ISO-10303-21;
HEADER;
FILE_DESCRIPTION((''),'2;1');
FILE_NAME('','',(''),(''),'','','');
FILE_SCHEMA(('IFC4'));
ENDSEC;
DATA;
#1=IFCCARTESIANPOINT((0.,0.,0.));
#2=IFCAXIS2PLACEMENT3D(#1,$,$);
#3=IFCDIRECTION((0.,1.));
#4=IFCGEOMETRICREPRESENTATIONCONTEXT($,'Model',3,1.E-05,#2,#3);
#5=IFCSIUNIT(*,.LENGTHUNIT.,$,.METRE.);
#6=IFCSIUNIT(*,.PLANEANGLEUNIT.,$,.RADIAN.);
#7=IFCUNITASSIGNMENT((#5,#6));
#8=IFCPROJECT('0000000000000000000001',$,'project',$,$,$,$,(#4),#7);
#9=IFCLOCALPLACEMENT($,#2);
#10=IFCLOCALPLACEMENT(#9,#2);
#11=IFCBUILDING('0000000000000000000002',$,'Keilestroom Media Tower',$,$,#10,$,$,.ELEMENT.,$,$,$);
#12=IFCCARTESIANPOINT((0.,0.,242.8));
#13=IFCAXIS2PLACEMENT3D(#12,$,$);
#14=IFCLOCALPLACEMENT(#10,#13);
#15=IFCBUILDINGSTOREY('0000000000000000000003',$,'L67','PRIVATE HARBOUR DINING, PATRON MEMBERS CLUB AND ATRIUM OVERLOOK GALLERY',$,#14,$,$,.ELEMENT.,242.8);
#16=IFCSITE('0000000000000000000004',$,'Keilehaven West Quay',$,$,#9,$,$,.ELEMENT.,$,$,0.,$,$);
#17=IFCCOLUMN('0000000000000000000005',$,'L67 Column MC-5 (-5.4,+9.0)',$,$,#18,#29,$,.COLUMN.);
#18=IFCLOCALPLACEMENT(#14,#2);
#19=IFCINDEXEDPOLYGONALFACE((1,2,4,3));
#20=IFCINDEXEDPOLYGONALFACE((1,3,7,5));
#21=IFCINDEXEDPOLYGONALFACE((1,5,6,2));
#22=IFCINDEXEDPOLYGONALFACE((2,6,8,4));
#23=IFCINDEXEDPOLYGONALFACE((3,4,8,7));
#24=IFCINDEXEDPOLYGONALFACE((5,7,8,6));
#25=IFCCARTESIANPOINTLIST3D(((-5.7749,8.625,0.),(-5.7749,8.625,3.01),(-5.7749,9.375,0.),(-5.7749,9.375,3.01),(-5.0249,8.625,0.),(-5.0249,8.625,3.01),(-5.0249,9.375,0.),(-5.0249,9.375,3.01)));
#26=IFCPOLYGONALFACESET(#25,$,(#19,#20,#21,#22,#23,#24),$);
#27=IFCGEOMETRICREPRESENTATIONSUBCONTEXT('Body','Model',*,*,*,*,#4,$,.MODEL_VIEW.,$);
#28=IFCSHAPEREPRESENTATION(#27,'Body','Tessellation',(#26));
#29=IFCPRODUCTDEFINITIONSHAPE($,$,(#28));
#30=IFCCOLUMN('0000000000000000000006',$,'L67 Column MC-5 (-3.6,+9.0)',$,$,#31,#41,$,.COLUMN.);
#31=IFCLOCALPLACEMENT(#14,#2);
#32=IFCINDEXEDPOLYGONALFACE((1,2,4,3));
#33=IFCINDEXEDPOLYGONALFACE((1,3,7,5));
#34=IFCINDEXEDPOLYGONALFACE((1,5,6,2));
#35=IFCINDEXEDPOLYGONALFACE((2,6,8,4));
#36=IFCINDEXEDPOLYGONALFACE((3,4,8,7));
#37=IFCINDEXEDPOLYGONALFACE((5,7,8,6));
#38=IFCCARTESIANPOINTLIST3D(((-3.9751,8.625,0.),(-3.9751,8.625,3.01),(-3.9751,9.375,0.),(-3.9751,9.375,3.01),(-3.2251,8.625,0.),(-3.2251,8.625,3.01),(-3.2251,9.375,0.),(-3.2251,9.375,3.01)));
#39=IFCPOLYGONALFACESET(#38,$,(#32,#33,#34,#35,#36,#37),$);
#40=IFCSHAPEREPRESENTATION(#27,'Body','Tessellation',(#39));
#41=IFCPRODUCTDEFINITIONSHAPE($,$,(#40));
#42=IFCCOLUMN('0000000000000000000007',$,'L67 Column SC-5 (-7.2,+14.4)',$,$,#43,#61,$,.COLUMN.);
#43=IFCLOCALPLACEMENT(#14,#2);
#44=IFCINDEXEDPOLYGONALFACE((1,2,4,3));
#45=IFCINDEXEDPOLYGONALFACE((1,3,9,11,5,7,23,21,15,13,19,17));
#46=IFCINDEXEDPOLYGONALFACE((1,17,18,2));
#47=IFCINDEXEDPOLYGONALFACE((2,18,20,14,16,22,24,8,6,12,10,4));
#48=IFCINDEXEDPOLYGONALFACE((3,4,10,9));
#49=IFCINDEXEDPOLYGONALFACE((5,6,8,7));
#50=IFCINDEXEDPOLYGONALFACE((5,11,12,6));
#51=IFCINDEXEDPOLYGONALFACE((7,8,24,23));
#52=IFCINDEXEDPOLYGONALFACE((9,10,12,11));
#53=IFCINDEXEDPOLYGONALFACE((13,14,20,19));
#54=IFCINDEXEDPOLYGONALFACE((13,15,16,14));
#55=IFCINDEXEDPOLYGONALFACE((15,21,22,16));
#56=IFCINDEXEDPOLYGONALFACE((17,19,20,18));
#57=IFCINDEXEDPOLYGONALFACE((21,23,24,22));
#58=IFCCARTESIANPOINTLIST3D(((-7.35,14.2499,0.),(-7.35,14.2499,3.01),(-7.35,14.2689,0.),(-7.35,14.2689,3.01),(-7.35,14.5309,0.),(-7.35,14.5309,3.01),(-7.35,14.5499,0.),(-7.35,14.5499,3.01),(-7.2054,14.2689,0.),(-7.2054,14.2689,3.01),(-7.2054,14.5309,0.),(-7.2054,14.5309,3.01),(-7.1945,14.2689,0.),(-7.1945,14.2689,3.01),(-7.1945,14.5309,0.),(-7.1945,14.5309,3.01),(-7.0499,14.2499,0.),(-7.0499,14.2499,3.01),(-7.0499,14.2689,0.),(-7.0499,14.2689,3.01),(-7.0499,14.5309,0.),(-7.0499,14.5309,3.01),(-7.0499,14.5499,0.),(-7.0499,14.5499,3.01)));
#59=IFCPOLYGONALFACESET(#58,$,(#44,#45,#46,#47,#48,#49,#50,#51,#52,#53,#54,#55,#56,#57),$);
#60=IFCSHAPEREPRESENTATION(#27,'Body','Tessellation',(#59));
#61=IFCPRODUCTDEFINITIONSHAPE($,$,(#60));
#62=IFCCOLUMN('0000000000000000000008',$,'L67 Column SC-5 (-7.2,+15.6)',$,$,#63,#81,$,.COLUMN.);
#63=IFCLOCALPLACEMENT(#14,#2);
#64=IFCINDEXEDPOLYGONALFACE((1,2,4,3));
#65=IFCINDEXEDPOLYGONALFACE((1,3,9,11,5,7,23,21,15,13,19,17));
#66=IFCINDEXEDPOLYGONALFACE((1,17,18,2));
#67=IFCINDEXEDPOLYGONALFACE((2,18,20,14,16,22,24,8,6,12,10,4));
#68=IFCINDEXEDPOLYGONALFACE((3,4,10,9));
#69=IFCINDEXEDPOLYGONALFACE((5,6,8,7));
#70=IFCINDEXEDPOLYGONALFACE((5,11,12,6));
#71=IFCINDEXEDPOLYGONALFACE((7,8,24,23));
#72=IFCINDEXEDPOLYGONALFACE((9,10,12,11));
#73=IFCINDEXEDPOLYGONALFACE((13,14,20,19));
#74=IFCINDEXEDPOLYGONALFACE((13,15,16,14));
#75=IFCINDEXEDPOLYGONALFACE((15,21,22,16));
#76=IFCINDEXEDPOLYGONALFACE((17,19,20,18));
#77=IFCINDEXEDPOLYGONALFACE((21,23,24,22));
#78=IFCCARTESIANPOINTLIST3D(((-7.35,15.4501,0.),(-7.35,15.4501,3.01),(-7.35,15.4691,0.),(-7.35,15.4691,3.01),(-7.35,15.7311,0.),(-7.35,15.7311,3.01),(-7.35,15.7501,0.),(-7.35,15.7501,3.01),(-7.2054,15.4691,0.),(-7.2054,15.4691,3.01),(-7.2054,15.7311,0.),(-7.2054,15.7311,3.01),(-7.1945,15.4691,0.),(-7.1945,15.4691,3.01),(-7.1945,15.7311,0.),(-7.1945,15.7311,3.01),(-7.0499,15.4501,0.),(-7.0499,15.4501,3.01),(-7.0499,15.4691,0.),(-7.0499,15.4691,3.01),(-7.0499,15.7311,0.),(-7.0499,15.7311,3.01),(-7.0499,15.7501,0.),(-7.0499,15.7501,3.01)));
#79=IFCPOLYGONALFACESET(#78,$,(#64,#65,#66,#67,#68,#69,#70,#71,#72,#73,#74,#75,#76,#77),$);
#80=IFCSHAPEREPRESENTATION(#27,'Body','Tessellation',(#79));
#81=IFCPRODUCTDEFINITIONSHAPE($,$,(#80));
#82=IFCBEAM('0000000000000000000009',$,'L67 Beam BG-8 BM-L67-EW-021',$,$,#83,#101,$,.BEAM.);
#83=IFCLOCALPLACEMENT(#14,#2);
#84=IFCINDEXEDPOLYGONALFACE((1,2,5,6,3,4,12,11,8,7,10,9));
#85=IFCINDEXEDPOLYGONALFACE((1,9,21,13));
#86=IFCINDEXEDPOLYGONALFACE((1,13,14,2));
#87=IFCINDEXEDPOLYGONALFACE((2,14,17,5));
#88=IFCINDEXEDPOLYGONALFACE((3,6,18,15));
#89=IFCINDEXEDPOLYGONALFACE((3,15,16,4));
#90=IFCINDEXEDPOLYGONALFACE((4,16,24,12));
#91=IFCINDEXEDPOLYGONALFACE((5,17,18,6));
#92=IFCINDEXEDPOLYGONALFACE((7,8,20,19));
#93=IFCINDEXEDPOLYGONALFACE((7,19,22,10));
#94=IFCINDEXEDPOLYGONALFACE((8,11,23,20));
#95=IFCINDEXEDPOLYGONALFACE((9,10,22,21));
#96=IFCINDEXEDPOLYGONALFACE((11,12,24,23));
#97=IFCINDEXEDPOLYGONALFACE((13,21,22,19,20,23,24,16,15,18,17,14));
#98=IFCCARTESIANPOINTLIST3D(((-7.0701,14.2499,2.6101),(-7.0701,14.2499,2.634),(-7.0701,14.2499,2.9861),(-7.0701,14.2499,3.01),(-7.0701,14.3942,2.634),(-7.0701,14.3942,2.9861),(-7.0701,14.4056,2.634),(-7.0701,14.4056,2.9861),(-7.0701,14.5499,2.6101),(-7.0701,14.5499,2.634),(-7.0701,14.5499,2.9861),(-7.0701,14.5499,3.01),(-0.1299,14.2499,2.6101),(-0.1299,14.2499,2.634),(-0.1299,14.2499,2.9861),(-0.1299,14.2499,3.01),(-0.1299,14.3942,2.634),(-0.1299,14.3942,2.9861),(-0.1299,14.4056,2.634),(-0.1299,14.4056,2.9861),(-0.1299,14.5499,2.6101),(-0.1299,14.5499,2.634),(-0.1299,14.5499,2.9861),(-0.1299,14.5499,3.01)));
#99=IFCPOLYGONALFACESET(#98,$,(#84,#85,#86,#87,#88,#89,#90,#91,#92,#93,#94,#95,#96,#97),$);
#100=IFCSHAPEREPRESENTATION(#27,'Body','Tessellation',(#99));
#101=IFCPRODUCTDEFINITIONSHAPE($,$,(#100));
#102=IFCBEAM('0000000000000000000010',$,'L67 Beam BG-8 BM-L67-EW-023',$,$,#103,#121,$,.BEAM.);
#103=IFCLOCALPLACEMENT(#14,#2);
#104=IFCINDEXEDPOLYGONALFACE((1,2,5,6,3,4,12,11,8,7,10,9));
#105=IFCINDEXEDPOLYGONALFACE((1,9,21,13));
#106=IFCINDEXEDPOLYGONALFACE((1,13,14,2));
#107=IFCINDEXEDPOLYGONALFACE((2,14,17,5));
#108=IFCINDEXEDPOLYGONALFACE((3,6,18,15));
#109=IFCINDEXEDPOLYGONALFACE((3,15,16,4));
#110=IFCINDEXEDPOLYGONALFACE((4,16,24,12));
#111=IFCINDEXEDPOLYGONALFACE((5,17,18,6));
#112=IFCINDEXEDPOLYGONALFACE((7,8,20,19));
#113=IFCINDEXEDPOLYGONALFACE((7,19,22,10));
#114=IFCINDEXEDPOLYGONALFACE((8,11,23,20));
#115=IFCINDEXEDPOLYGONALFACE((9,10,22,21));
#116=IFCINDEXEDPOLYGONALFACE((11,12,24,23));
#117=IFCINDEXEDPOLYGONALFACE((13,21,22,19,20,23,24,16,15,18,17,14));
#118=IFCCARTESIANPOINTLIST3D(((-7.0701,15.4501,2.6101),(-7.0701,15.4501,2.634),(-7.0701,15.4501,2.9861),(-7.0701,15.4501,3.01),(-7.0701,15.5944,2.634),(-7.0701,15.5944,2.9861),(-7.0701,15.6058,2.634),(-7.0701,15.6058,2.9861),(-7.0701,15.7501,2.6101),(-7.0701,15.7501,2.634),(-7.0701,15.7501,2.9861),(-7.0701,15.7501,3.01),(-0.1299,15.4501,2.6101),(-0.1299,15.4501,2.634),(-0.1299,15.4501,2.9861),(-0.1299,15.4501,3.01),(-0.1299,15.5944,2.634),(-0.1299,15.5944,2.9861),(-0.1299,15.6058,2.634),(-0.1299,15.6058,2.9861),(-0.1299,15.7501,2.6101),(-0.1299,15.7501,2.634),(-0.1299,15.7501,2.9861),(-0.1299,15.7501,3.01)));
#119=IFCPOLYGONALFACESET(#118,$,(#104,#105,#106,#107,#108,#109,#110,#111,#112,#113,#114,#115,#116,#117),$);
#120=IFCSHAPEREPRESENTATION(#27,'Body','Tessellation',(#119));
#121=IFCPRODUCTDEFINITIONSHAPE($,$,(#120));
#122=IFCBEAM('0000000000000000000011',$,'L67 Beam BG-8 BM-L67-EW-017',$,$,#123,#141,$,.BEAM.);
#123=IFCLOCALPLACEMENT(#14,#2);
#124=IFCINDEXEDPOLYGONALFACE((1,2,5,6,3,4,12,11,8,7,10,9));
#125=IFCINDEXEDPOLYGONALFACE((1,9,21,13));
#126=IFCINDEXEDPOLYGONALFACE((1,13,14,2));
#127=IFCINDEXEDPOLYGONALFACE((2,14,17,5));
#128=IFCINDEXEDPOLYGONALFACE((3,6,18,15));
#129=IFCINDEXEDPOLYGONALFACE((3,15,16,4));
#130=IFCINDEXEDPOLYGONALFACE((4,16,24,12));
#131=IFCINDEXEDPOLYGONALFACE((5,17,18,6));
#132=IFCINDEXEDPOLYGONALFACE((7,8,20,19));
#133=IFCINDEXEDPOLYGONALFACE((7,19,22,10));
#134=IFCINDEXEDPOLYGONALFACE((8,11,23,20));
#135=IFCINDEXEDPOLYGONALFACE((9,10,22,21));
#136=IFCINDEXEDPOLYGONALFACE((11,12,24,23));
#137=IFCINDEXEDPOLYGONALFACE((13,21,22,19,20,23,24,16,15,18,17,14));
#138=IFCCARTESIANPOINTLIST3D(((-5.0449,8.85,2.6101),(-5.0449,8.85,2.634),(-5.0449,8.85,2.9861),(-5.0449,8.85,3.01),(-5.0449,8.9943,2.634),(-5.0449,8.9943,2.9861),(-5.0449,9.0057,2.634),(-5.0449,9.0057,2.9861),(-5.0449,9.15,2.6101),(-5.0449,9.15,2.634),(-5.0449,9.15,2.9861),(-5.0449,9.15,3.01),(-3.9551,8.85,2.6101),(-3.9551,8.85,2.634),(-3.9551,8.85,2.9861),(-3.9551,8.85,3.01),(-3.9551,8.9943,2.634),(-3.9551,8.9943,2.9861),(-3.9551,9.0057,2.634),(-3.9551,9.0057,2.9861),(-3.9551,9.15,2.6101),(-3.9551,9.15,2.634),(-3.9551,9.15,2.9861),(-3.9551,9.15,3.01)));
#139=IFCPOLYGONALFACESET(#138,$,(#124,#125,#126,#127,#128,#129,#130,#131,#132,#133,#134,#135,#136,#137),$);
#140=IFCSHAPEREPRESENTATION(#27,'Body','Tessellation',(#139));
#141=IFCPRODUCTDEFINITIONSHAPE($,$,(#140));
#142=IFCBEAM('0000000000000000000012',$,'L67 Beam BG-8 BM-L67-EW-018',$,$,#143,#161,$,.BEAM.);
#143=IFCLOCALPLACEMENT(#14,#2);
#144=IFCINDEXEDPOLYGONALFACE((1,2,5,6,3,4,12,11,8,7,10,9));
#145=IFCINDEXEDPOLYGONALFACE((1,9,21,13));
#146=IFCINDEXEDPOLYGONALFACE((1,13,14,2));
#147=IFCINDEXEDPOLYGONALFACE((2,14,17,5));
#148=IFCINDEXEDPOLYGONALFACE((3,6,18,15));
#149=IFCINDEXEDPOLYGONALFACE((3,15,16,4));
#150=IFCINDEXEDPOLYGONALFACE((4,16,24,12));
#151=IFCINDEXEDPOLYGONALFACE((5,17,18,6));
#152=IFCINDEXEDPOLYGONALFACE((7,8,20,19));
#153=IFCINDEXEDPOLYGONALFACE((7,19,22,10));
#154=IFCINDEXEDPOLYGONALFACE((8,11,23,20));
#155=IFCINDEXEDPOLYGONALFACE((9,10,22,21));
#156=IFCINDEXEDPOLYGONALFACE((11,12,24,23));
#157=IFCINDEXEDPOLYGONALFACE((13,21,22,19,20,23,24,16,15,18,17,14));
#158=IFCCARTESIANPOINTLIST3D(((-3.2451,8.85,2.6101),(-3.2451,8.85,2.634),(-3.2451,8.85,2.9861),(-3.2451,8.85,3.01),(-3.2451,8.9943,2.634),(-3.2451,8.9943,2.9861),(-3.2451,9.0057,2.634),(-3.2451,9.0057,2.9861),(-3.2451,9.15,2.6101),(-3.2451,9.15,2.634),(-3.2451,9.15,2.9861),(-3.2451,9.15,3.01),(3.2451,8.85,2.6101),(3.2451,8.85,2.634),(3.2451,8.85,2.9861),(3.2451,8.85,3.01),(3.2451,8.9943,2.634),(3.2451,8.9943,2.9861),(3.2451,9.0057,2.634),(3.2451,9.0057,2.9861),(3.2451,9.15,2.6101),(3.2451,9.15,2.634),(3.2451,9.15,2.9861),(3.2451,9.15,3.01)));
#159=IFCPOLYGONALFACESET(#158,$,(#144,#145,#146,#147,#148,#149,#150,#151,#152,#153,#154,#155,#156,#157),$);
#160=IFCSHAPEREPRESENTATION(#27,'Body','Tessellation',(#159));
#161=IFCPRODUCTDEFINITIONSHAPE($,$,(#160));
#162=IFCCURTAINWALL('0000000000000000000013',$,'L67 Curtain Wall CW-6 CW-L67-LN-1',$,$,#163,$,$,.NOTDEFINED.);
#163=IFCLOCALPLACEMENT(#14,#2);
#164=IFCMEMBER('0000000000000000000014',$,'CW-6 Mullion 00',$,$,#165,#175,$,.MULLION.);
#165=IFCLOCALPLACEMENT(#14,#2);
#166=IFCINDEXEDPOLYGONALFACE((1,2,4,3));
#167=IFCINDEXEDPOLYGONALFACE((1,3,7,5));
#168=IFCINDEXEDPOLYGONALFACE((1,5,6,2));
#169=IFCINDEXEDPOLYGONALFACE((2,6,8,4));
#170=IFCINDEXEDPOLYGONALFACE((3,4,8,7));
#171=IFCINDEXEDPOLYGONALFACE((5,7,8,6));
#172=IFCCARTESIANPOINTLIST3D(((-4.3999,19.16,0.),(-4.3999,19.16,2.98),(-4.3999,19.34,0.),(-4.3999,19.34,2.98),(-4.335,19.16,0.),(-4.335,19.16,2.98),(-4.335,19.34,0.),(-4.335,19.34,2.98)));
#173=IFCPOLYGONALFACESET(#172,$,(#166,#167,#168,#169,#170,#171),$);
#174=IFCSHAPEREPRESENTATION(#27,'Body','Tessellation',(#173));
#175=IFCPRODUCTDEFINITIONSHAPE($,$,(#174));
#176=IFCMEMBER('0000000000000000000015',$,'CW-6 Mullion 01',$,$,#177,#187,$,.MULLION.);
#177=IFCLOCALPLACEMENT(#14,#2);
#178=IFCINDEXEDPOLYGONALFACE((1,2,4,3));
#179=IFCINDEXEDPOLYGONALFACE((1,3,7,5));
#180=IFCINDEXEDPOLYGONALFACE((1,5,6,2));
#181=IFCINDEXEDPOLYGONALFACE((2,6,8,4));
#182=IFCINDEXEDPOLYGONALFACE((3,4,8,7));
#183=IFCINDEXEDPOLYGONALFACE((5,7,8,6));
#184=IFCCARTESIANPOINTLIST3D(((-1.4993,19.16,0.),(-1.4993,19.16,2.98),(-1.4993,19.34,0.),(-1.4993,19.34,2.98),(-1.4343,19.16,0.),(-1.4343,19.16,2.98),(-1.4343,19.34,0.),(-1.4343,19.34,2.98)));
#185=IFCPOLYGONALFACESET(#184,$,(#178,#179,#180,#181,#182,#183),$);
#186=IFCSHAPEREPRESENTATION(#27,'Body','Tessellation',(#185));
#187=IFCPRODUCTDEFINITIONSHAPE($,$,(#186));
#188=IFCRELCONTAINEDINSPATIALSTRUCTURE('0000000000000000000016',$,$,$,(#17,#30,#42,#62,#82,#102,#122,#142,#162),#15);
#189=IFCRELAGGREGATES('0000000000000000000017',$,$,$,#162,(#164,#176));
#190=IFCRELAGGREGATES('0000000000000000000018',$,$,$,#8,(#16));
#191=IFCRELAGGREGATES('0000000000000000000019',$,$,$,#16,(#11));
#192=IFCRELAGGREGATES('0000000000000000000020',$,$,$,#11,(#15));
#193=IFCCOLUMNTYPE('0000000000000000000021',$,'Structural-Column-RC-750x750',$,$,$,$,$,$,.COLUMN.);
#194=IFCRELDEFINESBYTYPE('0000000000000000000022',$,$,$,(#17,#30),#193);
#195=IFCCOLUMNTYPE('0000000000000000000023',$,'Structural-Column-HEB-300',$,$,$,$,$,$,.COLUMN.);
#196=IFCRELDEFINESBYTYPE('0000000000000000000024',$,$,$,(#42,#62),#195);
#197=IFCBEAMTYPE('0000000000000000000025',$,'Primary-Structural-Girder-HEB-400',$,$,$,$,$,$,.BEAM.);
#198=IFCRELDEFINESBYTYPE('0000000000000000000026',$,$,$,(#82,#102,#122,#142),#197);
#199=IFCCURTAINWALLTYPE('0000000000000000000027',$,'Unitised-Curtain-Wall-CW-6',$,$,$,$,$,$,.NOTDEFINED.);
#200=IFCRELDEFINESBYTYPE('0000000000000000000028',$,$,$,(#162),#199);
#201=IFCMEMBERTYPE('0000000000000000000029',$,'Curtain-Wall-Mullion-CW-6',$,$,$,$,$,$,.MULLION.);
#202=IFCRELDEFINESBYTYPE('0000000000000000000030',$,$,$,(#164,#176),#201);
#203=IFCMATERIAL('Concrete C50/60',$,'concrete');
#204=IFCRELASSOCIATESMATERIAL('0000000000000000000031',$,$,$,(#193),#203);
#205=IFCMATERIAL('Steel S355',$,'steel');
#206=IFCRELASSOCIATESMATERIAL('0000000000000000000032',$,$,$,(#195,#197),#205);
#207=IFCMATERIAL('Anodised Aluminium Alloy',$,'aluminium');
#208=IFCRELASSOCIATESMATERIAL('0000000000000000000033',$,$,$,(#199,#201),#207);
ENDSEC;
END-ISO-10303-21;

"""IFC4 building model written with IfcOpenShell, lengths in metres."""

from ifc_helpers import new_model, si_unit, direction, frame, origin, origin_2d, place, context, subcontext, project, spatial, rectangle, i_section, extrude, source, transform, mapped, material, material_profile, profile_set, type_object, element, aggregate, save


model = new_model("IFC4")

# Units and contexts
model_context = context("Model", 3, precision=1e-05, world=origin(), true_north=direction((0.0, 1.0)))
body_context = subcontext(model_context, "Body", "Model", "MODEL_VIEW")
ifc_project = project(units=[si_unit("LENGTHUNIT", "METRE"), si_unit("PLANEANGLEUNIT", "RADIAN")], contexts=[model_context])

# Site, building, storey
site_placement = place(None, origin())
site = spatial("IfcSite", under=ifc_project, at=site_placement, Name="Keilehaven West Quay", CompositionType="ELEMENT", RefElevation=0.0)
building_placement = place(site_placement, origin())
building = spatial("IfcBuilding", under=site, at=building_placement, Name="Keilestroom Media Tower", CompositionType="ELEMENT")
storey_placement = place(building_placement, frame((0.0, 0.0, 242.8)))
storey = spatial("IfcBuildingStorey", under=building, at=storey_placement, Name="L67", Description="PRIVATE HARBOUR DINING, PATRON MEMBERS CLUB AND ATRIUM OVERLOOK GALLERY", CompositionType="ELEMENT", Elevation=242.8)

# Columns
ifc_material_1 = material(Name="Concrete C50/60", Category="concrete")
ifc_material_profile_1 = material_profile(ifc_material_1, rectangle(XDim=0.75, YDim=0.75, at=origin_2d()), Name="RC 750x750")
ifc_profile_set_1 = profile_set([ifc_material_profile_1], Name="Concrete C50/60")
column_type_1 = type_object("IfcColumnType", Name="Structural-Column-RC-750x750", PredefinedType="COLUMN", material=ifc_profile_set_1)
shared_shape_1 = source(origin(), body_context, "Body", "SweptSolid", [
    extrude(rectangle(XDim=0.75, YDim=0.75, at=origin_2d()), origin(), (0.0, 0.0, 1.0), 3.01),
])
for number, where, z_axis, x_axis, name in (
    (1, (-5.3999, 9.0, 0.0), (0.0, 0.0, 1.0), (1.0, 0.0, 0.0), "L67 Column MC-5 (-5.4,+9.0)"),
    (2, (-3.6001, 9.0, 0.0), (0.0, 0.0, 1.0), (1.0, 0.0, 0.0), "L67 Column MC-5 (-3.6,+9.0)"),
):
    element("IfcColumn", number, at=place(storey_placement, frame(where, z_axis=z_axis, x_axis=x_axis)), inside=storey, type_object=column_type_1, Name=name, PredefinedType="COLUMN", context=body_context, shape_type="MappedRepresentation", body=[
        mapped(shared_shape_1, transform((0.0, 0.0, 0.0), x_axis=(1.0, 0.0, 0.0), y_axis=(0.0, 1.0, 0.0), z_axis=(0.0, 0.0, 1.0), scale=1.0)),
    ])
ifc_material_2 = material(Name="Steel S355", Category="steel")
ifc_material_profile_2 = material_profile(ifc_material_2, i_section(OverallWidth=0.3, OverallDepth=0.3, WebThickness=0.011, FlangeThickness=0.019, at=origin_2d()), Name="HEB 300")
ifc_profile_set_2 = profile_set([ifc_material_profile_2], Name="Steel S355")
column_type_2 = type_object("IfcColumnType", Name="Structural-Column-HEB-300", PredefinedType="COLUMN", material=ifc_profile_set_2)
shared_shape_2 = source(origin(), body_context, "Body", "SweptSolid", [
    extrude(i_section(OverallWidth=0.3, OverallDepth=0.3, WebThickness=0.011, FlangeThickness=0.019, at=origin_2d()), origin(), (0.0, 0.0, 1.0), 3.01),
])
for number, where, z_axis, x_axis, name in (
    (3, (-7.2, 14.3999, 0.0), (0.0, 0.0, 1.0), (1.0, 0.0, 0.0), "L67 Column SC-5 (-7.2,+14.4)"),
    (4, (-7.2, 15.6001, 0.0), (0.0, 0.0, 1.0), (1.0, 0.0, 0.0), "L67 Column SC-5 (-7.2,+15.6)"),
):
    element("IfcColumn", number, at=place(storey_placement, frame(where, z_axis=z_axis, x_axis=x_axis)), inside=storey, type_object=column_type_2, Name=name, PredefinedType="COLUMN", context=body_context, shape_type="MappedRepresentation", body=[
        mapped(shared_shape_2, transform((0.0, 0.0, 0.0), x_axis=(1.0, 0.0, 0.0), y_axis=(0.0, 1.0, 0.0), z_axis=(0.0, 0.0, 1.0), scale=1.0)),
    ])

# Beams
ifc_material_profile_3 = material_profile(ifc_material_2, i_section(OverallWidth=0.3, OverallDepth=0.3999, WebThickness=0.0115, FlangeThickness=0.0239, at=origin_2d()), Name="HEB 400")
ifc_profile_set_3 = profile_set([ifc_material_profile_3], Name="Steel S355")
beam_type = type_object("IfcBeamType", Name="Primary-Structural-Girder-HEB-400", PredefinedType="BEAM", material=ifc_profile_set_3)
shared_shape_3 = source(origin(), body_context, "Body", "SweptSolid", [
    extrude(i_section(OverallWidth=0.3, OverallDepth=0.3999, WebThickness=0.0115, FlangeThickness=0.0239, at=origin_2d()), origin(), (0.0, 0.0, 1.0), 6.9402),
])
for number, where, z_axis, x_axis, name in (
    (5, (-7.0701, 14.3999, 2.8101), (1.0, 0.0, 0.0), (0.0, 1.0, 0.0), "L67 Beam BG-8 BM-L67-EW-021"),
    (6, (-7.0701, 15.6001, 2.8101), (1.0, 0.0, 0.0), (0.0, 1.0, 0.0), "L67 Beam BG-8 BM-L67-EW-023"),
):
    element("IfcBeam", number, at=place(storey_placement, frame(where, z_axis=z_axis, x_axis=x_axis)), inside=storey, type_object=beam_type, Name=name, PredefinedType="BEAM", context=body_context, shape_type="MappedRepresentation", body=[
        mapped(shared_shape_3, transform((0.0, 0.0, 0.0), x_axis=(1.0, 0.0, 0.0), y_axis=(0.0, 1.0, 0.0), z_axis=(0.0, 0.0, 1.0), scale=1.0)),
    ])
shared_shape_4 = source(origin(), body_context, "Body", "SweptSolid", [
    extrude(i_section(OverallWidth=0.3, OverallDepth=0.3999, WebThickness=0.0115, FlangeThickness=0.0239, at=origin_2d()), origin(), (0.0, 0.0, 1.0), 1.0898),
])
beam_1_placement = place(storey_placement, frame((-5.0449, 9.0, 2.8101), z_axis=(1.0, 0.0, 0.0), x_axis=(0.0, 1.0, 0.0)))
element("IfcBeam", 7, at=beam_1_placement, inside=storey, type_object=beam_type, Name="L67 Beam BG-8 BM-L67-EW-017", PredefinedType="BEAM", context=body_context, shape_type="MappedRepresentation", body=[
    mapped(shared_shape_4, transform((0.0, 0.0, 0.0), x_axis=(1.0, 0.0, 0.0), y_axis=(0.0, 1.0, 0.0), z_axis=(0.0, 0.0, 1.0), scale=1.0)),
])
shared_shape_5 = source(origin(), body_context, "Body", "SweptSolid", [
    extrude(i_section(OverallWidth=0.3, OverallDepth=0.3999, WebThickness=0.0115, FlangeThickness=0.0239, at=origin_2d()), origin(), (0.0, 0.0, 1.0), 6.4902),
])
beam_2_placement = place(storey_placement, frame((-3.2451, 9.0, 2.8101), z_axis=(1.0, 0.0, 0.0), x_axis=(0.0, 1.0, 0.0)))
element("IfcBeam", 8, at=beam_2_placement, inside=storey, type_object=beam_type, Name="L67 Beam BG-8 BM-L67-EW-018", PredefinedType="BEAM", context=body_context, shape_type="MappedRepresentation", body=[
    mapped(shared_shape_5, transform((0.0, 0.0, 0.0), x_axis=(1.0, 0.0, 0.0), y_axis=(0.0, 1.0, 0.0), z_axis=(0.0, 0.0, 1.0), scale=1.0)),
])

# Curtain wall, members
ifc_material_3 = material(Name="Anodised Aluminium Alloy", Category="aluminium")
curtain_wall_type = type_object("IfcCurtainWallType", Name="Unitised-Curtain-Wall-CW-6", PredefinedType="NOTDEFINED", material=ifc_material_3)
curtain_wall_placement = place(storey_placement, origin())
curtain_wall = element("IfcCurtainWall", 9, at=curtain_wall_placement, inside=storey, type_object=curtain_wall_type, Name="L67 Curtain Wall CW-6 CW-L67-LN-1", PredefinedType="NOTDEFINED")
ifc_material_profile_4 = material_profile(ifc_material_3, rectangle(XDim=0.0649, YDim=0.1799, at=origin_2d()), Name="ALU MULLION 65x180")
ifc_profile_set_4 = profile_set([ifc_material_profile_4], Name="Anodised Aluminium Alloy")
member_type_1 = type_object("IfcMemberType", Name="Curtain-Wall-Mullion-CW-6", PredefinedType="MULLION", material=ifc_profile_set_4)
shared_shape_6 = source(origin(), body_context, "Body", "SweptSolid", [
    extrude(rectangle(XDim=0.0649, YDim=0.1799, at=origin_2d()), origin(), (0.0, 0.0, 1.0), 2.98),
])
member_1_placement = place(storey_placement, frame((-4.3674, 19.25, 0.0), z_axis=(0.0, 0.0, 1.0), x_axis=(1.0, 0.0, 0.0)))
member_1 = element("IfcMember", 10, at=member_1_placement, type_object=member_type_1, Name="CW-6 Mullion 00", PredefinedType="MULLION", context=body_context, shape_type="MappedRepresentation", body=[
    mapped(shared_shape_6, transform((0.0, 0.0, 0.0), x_axis=(1.0, 0.0, 0.0), y_axis=(0.0, 1.0, 0.0), z_axis=(0.0, 0.0, 1.0), scale=1.0)),
])
member_2_placement = place(storey_placement, frame((-1.4668, 19.25, 0.0), z_axis=(0.0, 0.0, 1.0), x_axis=(1.0, 0.0, 0.0)))
member_2 = element("IfcMember", 11, at=member_2_placement, type_object=member_type_1, Name="CW-6 Mullion 01", PredefinedType="MULLION", context=body_context, shape_type="MappedRepresentation", body=[
    mapped(shared_shape_6, transform((0.0, 0.0, 0.0), x_axis=(1.0, 0.0, 0.0), y_axis=(0.0, 1.0, 0.0), z_axis=(0.0, 0.0, 1.0), scale=1.0)),
])
aggregate(curtain_wall, [member_1, member_2])

save(model, "model.ifc")
